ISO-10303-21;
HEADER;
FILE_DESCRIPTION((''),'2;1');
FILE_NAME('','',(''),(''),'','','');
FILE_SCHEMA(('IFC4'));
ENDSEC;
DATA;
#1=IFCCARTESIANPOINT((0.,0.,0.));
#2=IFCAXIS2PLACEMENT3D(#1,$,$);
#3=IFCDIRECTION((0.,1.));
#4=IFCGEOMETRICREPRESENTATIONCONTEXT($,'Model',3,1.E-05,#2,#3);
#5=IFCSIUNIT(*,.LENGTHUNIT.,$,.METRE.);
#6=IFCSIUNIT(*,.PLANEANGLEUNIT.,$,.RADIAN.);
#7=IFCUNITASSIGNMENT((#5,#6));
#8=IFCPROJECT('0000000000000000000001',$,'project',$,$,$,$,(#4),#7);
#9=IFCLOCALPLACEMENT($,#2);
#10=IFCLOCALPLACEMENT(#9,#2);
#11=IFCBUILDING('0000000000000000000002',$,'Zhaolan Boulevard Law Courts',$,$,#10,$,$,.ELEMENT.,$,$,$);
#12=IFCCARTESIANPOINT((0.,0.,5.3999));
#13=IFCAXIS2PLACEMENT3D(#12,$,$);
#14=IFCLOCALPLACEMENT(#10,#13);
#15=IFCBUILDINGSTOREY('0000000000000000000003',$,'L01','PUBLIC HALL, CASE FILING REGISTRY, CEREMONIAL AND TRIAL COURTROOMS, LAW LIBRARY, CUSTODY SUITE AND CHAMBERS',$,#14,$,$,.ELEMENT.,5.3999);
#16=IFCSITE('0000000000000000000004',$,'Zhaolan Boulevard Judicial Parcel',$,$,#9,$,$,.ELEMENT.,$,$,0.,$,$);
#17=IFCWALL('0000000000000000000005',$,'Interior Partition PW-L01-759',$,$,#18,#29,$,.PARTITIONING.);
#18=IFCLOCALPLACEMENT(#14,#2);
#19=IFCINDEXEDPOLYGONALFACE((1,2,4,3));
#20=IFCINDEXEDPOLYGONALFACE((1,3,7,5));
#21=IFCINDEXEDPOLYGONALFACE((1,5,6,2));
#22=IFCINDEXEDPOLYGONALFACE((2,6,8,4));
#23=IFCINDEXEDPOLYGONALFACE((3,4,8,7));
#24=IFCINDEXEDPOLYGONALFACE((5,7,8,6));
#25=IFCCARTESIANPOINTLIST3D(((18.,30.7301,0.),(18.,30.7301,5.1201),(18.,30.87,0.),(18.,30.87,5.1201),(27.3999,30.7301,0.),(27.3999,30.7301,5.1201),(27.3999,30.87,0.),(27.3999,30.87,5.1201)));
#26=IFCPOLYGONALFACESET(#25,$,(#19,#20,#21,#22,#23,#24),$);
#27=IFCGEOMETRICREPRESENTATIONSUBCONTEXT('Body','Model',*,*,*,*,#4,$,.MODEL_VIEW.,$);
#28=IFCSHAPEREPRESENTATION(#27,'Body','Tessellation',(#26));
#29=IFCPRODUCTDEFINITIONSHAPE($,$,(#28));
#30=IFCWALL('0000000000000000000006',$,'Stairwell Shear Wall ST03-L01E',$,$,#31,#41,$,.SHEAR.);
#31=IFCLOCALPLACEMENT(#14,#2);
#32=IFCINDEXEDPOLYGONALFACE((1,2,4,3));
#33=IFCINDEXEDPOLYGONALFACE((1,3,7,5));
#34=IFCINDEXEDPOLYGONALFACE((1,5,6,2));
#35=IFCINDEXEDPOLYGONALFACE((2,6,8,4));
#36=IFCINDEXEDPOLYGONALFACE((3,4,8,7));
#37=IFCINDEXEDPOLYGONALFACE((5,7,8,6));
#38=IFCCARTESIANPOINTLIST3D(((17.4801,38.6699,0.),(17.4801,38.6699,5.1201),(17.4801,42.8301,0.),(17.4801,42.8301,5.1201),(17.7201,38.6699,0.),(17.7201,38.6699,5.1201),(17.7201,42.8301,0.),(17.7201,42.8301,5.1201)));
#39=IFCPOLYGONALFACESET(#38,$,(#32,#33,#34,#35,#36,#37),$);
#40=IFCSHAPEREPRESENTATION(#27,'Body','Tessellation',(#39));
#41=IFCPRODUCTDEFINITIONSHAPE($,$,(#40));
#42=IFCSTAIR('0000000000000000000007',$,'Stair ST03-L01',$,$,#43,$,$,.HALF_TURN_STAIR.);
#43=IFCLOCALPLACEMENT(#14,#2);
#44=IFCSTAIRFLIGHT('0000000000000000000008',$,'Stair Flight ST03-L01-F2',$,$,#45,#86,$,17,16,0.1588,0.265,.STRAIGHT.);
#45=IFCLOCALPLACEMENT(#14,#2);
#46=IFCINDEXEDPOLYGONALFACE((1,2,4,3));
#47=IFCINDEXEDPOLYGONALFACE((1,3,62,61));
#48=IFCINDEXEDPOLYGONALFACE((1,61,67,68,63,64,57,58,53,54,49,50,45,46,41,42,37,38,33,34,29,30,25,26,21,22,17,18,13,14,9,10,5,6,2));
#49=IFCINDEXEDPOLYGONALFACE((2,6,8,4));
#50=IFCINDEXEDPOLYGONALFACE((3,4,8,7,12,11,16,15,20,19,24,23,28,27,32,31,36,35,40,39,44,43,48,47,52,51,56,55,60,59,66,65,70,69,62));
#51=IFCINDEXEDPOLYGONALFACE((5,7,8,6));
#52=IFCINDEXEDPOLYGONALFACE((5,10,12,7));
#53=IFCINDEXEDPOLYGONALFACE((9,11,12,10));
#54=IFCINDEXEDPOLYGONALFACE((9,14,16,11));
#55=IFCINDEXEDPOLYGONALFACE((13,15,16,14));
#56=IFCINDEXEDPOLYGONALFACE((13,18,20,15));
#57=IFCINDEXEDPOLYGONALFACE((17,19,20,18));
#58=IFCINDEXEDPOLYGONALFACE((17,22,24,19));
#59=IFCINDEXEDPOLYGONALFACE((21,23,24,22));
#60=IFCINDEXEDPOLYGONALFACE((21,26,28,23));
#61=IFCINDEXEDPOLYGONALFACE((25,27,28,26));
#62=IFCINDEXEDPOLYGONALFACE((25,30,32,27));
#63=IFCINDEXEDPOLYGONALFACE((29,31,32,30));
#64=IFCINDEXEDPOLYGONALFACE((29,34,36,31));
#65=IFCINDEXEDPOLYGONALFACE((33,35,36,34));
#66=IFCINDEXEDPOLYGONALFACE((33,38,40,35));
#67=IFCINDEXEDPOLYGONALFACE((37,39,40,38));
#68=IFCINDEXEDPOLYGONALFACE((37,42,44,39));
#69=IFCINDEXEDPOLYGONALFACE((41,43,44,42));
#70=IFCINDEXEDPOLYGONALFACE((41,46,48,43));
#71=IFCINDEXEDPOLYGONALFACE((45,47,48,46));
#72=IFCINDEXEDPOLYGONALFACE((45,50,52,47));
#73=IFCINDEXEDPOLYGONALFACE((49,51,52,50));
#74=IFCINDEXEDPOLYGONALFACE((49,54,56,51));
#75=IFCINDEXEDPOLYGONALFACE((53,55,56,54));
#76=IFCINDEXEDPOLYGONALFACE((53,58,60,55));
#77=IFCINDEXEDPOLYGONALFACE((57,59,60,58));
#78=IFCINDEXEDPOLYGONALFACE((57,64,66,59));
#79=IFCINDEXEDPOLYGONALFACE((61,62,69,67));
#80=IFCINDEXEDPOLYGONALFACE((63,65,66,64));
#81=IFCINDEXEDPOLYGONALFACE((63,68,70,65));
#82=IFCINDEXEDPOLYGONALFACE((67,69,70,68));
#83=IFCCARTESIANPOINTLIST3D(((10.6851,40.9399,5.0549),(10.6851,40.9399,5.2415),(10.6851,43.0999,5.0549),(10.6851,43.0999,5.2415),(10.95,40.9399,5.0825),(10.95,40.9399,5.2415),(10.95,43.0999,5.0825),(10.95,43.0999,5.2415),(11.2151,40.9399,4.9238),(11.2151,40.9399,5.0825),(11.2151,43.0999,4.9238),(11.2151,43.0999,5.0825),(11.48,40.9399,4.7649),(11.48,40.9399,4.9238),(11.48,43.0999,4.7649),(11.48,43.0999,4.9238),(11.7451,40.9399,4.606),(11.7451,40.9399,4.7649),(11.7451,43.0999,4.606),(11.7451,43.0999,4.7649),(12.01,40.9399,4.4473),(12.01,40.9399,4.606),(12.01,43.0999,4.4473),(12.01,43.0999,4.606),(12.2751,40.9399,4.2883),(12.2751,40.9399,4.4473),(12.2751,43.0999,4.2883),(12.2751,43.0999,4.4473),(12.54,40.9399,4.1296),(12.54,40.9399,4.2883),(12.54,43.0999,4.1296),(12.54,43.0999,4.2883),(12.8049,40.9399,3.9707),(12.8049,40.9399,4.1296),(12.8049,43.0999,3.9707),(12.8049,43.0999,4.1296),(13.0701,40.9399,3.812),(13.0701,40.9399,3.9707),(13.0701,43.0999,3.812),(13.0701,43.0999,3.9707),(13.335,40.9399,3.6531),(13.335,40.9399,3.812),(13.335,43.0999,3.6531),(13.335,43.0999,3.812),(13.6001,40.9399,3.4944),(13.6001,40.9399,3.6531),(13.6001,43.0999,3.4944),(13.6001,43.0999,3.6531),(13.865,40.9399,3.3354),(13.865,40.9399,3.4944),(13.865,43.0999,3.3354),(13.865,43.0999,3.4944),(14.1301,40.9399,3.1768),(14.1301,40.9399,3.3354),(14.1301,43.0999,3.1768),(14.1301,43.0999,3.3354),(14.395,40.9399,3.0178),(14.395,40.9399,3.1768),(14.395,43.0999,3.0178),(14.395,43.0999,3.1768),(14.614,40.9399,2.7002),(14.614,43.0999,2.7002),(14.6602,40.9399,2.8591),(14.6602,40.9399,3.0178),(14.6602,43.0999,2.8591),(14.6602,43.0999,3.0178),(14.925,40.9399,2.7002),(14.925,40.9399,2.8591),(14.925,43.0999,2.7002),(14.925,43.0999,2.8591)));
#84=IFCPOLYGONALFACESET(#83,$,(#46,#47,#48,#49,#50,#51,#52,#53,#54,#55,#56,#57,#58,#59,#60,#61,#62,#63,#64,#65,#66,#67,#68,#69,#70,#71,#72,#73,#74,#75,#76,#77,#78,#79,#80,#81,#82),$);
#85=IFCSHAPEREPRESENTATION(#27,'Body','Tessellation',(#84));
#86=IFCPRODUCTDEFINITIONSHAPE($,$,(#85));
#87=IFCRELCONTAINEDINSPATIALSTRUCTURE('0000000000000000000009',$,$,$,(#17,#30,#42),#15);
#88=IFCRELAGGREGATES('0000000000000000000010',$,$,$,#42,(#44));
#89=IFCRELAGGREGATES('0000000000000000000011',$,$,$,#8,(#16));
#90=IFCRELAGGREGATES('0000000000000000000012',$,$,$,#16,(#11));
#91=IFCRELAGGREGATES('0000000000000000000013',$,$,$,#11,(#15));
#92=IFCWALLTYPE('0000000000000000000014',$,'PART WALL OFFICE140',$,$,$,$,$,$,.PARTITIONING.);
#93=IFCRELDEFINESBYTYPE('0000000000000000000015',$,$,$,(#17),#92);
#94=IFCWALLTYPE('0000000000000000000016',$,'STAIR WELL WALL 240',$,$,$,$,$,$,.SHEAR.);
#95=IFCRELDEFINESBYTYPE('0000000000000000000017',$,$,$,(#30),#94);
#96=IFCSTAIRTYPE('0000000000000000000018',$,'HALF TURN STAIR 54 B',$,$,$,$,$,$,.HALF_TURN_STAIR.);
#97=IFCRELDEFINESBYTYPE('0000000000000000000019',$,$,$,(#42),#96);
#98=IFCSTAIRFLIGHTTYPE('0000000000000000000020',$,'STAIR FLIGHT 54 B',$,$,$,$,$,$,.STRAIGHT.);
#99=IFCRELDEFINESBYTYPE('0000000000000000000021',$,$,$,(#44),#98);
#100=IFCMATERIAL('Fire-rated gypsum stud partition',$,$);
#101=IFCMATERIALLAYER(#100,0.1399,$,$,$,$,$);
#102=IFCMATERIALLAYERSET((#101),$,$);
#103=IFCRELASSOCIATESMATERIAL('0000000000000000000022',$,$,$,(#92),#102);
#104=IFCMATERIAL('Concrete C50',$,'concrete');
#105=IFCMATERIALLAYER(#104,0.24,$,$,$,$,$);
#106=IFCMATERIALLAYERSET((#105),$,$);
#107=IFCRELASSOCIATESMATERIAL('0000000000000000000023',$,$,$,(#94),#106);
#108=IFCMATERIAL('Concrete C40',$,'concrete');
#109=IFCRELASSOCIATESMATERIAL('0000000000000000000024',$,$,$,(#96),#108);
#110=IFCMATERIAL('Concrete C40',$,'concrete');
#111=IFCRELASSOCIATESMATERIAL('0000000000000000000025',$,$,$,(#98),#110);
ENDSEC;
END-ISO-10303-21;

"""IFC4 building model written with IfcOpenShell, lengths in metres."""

from ifc_helpers import new_model, si_unit, direction, frame, frame_2d, origin, place, context, subcontext, project, spatial, polyline, rectangle, outline, extrude, material, layer, layer_set, type_object, element, aggregate, save


model = new_model("IFC4")

# Units and contexts
model_context = context("Model", 3, precision=1e-05, world=origin(), true_north=direction((0.0, 1.0)))
body_context = subcontext(model_context, "Body", "Model", "MODEL_VIEW")
ifc_project = project(units=[si_unit("LENGTHUNIT", "METRE"), si_unit("PLANEANGLEUNIT", "RADIAN")], contexts=[model_context])

# Site, building, storey
site_placement = place(None, origin())
site = spatial("IfcSite", under=ifc_project, at=site_placement, Name="Zhaolan Boulevard Judicial Parcel", CompositionType="ELEMENT", RefElevation=0.0)
building_placement = place(site_placement, origin())
building = spatial("IfcBuilding", under=site, at=building_placement, Name="Zhaolan Boulevard Law Courts", CompositionType="ELEMENT")
storey_placement = place(building_placement, frame((0.0, 0.0, 5.3999)))
storey = spatial("IfcBuildingStorey", under=building, at=storey_placement, Name="L01", Description="PUBLIC HALL, CASE FILING REGISTRY, CEREMONIAL AND TRIAL COURTROOMS, LAW LIBRARY, CUSTODY SUITE AND CHAMBERS", CompositionType="ELEMENT", Elevation=5.3999)

# Walls
ifc_material_1 = material(Name="Fire-rated gypsum stud partition")
ifc_layer_1 = layer(ifc_material_1, 0.1399)
ifc_layer_set_1 = layer_set([ifc_layer_1])
wall_type_1 = type_object("IfcWallType", Name="PART WALL OFFICE140", PredefinedType="PARTITIONING", material=ifc_layer_set_1)
wall_1_placement = place(storey_placement, frame((18.0, 30.8, 0.0), z_axis=(0.0, 0.0, 1.0), x_axis=(1.0, 0.0, 0.0)))
element("IfcWall", 1, at=wall_1_placement, inside=storey, type_object=wall_type_1, Name="Interior Partition PW-L01-759", PredefinedType="PARTITIONING", context=body_context, shape_type="SweptSolid", body=[
    extrude(rectangle(XDim=9.3999, YDim=0.1399, at=frame_2d((4.7, 0.0))), origin(), (0.0, 0.0, 1.0), 5.1201),
])
ifc_material_2 = material(Name="Concrete C50", Category="concrete")
ifc_layer_2 = layer(ifc_material_2, 0.24)
ifc_layer_set_2 = layer_set([ifc_layer_2])
wall_type_2 = type_object("IfcWallType", Name="STAIR WELL WALL 240", PredefinedType="SHEAR", material=ifc_layer_set_2)
wall_2_placement = place(storey_placement, frame((17.6001, 38.6699, 0.0), z_axis=(0.0, 0.0, 1.0), x_axis=(0.0, 1.0, 0.0)))
element("IfcWall", 2, at=wall_2_placement, inside=storey, type_object=wall_type_2, Name="Stairwell Shear Wall ST03-L01E", PredefinedType="SHEAR", context=body_context, shape_type="SweptSolid", body=[
    extrude(rectangle(XDim=4.1602, YDim=0.24, at=frame_2d((2.0801, 0.0))), origin(), (0.0, 0.0, 1.0), 5.1201),
])

# Stair, stair flight
ifc_material_3 = material(Name="Concrete C40", Category="concrete")
stair_type = type_object("IfcStairType", Name="HALF TURN STAIR 54 B", PredefinedType="HALF_TURN_STAIR", material=ifc_material_3)
stair_placement = place(storey_placement, origin())
stair = element("IfcStair", 3, at=stair_placement, inside=storey, type_object=stair_type, Name="Stair ST03-L01", PredefinedType="HALF_TURN_STAIR")
ifc_material_4 = material(Name="Concrete C40", Category="concrete")
stair_flight_type = type_object("IfcStairFlightType", Name="STAIR FLIGHT 54 B", PredefinedType="STRAIGHT", material=ifc_material_4)
stair_flight_placement = place(storey_placement, frame((14.925, 42.02, 2.7002), z_axis=(0.0, 0.0, 1.0), x_axis=(-1.0, 0.0, 0.0)))
stair_flight = element("IfcStairFlight", 4, at=stair_flight_placement, type_object=stair_flight_type, Name="Stair Flight ST03-L01-F2", NumberOfRisers=17, NumberOfTreads=16, PredefinedType="STRAIGHT", RiserHeight=0.1588, TreadLength=0.265, context=body_context, shape_type="SweptSolid", body=[
    extrude(outline(polyline([(0.0, 0.0), (0.0, 0.1589), (0.2649, 0.1589), (0.2649, 0.3176), (0.53, 0.3176), (0.53, 0.4766), (0.7949, 0.4766), (0.7949, 0.6353), (1.0601, 0.6353), (1.0601, 0.7942), (1.325, 0.7942), (1.325, 0.9529), (1.5901, 0.9529), (1.5901, 1.1118), (1.855, 1.1118), (1.855, 1.2705), (2.1201, 1.2705), (2.1201, 1.4294), (2.385, 1.4294), (2.385, 1.5881), (2.6499, 1.5881), (2.6499, 1.7471), (2.915, 1.7471), (2.915, 1.9058), (3.1799, 1.9058), (3.1799, 2.0647), (3.4451, 2.0647), (3.4451, 2.2236), (3.71, 2.2236), (3.71, 2.3823), (3.9751, 2.3823), (3.9751, 2.5413), (4.24, 2.5413), (4.24, 2.7), (4.24, 2.3547), (0.311, 0.0), (0.0, 0.0)])), frame((0.0, 1.0801, 0.0), z_axis=(0.0, -1.0, 0.0), x_axis=(1.0, 0.0, 0.0)), (0.0, 0.0, 1.0), 2.1599),
])
aggregate(stair, [stair_flight])

save(model, "model.ifc")
